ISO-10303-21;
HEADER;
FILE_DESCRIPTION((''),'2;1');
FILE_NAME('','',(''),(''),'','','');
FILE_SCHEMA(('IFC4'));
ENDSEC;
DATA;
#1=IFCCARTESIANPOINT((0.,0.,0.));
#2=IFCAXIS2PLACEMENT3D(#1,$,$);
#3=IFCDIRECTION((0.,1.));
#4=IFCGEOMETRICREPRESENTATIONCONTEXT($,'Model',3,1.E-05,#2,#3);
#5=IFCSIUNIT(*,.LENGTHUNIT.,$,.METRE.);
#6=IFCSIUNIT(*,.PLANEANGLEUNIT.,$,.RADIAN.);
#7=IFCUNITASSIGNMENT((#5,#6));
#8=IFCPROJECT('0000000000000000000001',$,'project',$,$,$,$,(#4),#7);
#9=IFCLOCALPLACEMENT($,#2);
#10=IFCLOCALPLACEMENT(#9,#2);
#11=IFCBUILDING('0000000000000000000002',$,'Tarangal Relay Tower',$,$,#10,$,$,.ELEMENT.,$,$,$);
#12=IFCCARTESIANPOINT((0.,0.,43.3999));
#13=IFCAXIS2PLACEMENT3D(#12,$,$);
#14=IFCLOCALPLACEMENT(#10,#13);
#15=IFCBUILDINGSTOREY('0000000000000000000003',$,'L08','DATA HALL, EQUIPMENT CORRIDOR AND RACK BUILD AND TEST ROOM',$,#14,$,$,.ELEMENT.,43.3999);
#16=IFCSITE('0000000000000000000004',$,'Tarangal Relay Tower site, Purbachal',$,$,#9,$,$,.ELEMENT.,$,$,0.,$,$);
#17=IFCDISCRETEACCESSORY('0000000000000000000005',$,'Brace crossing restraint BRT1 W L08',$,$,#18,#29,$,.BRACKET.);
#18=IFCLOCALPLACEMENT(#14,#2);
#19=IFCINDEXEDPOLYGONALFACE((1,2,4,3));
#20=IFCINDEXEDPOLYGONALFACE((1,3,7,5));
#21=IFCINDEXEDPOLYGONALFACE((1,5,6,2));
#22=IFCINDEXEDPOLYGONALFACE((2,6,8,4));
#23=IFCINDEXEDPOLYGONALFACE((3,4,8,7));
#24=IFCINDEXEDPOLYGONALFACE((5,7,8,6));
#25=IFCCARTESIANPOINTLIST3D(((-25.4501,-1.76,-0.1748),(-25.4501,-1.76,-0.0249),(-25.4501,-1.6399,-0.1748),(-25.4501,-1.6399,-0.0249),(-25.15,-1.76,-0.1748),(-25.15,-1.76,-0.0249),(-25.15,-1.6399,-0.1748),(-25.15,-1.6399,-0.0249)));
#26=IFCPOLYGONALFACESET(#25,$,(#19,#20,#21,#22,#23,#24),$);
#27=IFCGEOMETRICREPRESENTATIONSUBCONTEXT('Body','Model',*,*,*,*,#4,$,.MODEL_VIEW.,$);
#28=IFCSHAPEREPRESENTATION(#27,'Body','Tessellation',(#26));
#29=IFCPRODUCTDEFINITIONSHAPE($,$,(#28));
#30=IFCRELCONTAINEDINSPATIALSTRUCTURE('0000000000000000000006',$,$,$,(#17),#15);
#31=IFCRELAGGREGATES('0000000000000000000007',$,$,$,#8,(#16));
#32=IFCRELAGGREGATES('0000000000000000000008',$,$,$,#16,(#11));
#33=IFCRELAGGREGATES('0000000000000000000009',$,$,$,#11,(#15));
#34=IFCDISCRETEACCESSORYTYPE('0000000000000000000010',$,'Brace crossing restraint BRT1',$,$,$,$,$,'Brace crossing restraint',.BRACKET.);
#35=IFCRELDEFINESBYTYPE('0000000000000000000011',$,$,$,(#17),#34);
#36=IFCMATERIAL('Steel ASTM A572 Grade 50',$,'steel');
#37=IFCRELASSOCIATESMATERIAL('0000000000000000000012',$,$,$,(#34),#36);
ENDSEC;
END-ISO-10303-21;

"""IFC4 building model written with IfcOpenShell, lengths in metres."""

from ifc_helpers import new_model, si_unit, direction, frame, origin, origin_2d, place, context, subcontext, project, spatial, rectangle, extrude, material, type_object, element, save


model = new_model("IFC4")

# Units and contexts
model_context = context("Model", 3, precision=1e-05, world=origin(), true_north=direction((0.0, 1.0)))
body_context = subcontext(model_context, "Body", "Model", "MODEL_VIEW")
ifc_project = project(units=[si_unit("LENGTHUNIT", "METRE"), si_unit("PLANEANGLEUNIT", "RADIAN")], contexts=[model_context])

# Site, building, storey
site_placement = place(None, origin())
site = spatial("IfcSite", under=ifc_project, at=site_placement, Name="Tarangal Relay Tower site, Purbachal", CompositionType="ELEMENT", RefElevation=0.0)
building_placement = place(site_placement, origin())
building = spatial("IfcBuilding", under=site, at=building_placement, Name="Tarangal Relay Tower", CompositionType="ELEMENT")
storey_placement = place(building_placement, frame((0.0, 0.0, 43.3999)))
storey = spatial("IfcBuildingStorey", under=building, at=storey_placement, Name="L08", Description="DATA HALL, EQUIPMENT CORRIDOR AND RACK BUILD AND TEST ROOM", CompositionType="ELEMENT", Elevation=43.3999)

# Shared definitions
ifc_material_1 = material(Name="Steel ASTM A572 Grade 50", Category="steel")

# Discrete accessory
discrete_accessory_type = type_object("IfcDiscreteAccessoryType", Name="Brace crossing restraint BRT1", ElementType="Brace crossing restraint", PredefinedType="BRACKET", material=ifc_material_1)
discrete_accessory_placement = place(storey_placement, frame((-25.3, -1.7, -0.1748), z_axis=(0.0, 0.0, 1.0), x_axis=(1.0, 0.0, 0.0)))
element("IfcDiscreteAccessory", 1, at=discrete_accessory_placement, inside=storey, type_object=discrete_accessory_type, Name="Brace crossing restraint BRT1 W L08", PredefinedType="BRACKET", context=body_context, shape_type="SweptSolid", body=[
    extrude(rectangle(XDim=0.3, YDim=0.1201, at=origin_2d()), origin(), (0.0, 0.0, 1.0), 0.1499),
])

save(model, "model.ifc")
